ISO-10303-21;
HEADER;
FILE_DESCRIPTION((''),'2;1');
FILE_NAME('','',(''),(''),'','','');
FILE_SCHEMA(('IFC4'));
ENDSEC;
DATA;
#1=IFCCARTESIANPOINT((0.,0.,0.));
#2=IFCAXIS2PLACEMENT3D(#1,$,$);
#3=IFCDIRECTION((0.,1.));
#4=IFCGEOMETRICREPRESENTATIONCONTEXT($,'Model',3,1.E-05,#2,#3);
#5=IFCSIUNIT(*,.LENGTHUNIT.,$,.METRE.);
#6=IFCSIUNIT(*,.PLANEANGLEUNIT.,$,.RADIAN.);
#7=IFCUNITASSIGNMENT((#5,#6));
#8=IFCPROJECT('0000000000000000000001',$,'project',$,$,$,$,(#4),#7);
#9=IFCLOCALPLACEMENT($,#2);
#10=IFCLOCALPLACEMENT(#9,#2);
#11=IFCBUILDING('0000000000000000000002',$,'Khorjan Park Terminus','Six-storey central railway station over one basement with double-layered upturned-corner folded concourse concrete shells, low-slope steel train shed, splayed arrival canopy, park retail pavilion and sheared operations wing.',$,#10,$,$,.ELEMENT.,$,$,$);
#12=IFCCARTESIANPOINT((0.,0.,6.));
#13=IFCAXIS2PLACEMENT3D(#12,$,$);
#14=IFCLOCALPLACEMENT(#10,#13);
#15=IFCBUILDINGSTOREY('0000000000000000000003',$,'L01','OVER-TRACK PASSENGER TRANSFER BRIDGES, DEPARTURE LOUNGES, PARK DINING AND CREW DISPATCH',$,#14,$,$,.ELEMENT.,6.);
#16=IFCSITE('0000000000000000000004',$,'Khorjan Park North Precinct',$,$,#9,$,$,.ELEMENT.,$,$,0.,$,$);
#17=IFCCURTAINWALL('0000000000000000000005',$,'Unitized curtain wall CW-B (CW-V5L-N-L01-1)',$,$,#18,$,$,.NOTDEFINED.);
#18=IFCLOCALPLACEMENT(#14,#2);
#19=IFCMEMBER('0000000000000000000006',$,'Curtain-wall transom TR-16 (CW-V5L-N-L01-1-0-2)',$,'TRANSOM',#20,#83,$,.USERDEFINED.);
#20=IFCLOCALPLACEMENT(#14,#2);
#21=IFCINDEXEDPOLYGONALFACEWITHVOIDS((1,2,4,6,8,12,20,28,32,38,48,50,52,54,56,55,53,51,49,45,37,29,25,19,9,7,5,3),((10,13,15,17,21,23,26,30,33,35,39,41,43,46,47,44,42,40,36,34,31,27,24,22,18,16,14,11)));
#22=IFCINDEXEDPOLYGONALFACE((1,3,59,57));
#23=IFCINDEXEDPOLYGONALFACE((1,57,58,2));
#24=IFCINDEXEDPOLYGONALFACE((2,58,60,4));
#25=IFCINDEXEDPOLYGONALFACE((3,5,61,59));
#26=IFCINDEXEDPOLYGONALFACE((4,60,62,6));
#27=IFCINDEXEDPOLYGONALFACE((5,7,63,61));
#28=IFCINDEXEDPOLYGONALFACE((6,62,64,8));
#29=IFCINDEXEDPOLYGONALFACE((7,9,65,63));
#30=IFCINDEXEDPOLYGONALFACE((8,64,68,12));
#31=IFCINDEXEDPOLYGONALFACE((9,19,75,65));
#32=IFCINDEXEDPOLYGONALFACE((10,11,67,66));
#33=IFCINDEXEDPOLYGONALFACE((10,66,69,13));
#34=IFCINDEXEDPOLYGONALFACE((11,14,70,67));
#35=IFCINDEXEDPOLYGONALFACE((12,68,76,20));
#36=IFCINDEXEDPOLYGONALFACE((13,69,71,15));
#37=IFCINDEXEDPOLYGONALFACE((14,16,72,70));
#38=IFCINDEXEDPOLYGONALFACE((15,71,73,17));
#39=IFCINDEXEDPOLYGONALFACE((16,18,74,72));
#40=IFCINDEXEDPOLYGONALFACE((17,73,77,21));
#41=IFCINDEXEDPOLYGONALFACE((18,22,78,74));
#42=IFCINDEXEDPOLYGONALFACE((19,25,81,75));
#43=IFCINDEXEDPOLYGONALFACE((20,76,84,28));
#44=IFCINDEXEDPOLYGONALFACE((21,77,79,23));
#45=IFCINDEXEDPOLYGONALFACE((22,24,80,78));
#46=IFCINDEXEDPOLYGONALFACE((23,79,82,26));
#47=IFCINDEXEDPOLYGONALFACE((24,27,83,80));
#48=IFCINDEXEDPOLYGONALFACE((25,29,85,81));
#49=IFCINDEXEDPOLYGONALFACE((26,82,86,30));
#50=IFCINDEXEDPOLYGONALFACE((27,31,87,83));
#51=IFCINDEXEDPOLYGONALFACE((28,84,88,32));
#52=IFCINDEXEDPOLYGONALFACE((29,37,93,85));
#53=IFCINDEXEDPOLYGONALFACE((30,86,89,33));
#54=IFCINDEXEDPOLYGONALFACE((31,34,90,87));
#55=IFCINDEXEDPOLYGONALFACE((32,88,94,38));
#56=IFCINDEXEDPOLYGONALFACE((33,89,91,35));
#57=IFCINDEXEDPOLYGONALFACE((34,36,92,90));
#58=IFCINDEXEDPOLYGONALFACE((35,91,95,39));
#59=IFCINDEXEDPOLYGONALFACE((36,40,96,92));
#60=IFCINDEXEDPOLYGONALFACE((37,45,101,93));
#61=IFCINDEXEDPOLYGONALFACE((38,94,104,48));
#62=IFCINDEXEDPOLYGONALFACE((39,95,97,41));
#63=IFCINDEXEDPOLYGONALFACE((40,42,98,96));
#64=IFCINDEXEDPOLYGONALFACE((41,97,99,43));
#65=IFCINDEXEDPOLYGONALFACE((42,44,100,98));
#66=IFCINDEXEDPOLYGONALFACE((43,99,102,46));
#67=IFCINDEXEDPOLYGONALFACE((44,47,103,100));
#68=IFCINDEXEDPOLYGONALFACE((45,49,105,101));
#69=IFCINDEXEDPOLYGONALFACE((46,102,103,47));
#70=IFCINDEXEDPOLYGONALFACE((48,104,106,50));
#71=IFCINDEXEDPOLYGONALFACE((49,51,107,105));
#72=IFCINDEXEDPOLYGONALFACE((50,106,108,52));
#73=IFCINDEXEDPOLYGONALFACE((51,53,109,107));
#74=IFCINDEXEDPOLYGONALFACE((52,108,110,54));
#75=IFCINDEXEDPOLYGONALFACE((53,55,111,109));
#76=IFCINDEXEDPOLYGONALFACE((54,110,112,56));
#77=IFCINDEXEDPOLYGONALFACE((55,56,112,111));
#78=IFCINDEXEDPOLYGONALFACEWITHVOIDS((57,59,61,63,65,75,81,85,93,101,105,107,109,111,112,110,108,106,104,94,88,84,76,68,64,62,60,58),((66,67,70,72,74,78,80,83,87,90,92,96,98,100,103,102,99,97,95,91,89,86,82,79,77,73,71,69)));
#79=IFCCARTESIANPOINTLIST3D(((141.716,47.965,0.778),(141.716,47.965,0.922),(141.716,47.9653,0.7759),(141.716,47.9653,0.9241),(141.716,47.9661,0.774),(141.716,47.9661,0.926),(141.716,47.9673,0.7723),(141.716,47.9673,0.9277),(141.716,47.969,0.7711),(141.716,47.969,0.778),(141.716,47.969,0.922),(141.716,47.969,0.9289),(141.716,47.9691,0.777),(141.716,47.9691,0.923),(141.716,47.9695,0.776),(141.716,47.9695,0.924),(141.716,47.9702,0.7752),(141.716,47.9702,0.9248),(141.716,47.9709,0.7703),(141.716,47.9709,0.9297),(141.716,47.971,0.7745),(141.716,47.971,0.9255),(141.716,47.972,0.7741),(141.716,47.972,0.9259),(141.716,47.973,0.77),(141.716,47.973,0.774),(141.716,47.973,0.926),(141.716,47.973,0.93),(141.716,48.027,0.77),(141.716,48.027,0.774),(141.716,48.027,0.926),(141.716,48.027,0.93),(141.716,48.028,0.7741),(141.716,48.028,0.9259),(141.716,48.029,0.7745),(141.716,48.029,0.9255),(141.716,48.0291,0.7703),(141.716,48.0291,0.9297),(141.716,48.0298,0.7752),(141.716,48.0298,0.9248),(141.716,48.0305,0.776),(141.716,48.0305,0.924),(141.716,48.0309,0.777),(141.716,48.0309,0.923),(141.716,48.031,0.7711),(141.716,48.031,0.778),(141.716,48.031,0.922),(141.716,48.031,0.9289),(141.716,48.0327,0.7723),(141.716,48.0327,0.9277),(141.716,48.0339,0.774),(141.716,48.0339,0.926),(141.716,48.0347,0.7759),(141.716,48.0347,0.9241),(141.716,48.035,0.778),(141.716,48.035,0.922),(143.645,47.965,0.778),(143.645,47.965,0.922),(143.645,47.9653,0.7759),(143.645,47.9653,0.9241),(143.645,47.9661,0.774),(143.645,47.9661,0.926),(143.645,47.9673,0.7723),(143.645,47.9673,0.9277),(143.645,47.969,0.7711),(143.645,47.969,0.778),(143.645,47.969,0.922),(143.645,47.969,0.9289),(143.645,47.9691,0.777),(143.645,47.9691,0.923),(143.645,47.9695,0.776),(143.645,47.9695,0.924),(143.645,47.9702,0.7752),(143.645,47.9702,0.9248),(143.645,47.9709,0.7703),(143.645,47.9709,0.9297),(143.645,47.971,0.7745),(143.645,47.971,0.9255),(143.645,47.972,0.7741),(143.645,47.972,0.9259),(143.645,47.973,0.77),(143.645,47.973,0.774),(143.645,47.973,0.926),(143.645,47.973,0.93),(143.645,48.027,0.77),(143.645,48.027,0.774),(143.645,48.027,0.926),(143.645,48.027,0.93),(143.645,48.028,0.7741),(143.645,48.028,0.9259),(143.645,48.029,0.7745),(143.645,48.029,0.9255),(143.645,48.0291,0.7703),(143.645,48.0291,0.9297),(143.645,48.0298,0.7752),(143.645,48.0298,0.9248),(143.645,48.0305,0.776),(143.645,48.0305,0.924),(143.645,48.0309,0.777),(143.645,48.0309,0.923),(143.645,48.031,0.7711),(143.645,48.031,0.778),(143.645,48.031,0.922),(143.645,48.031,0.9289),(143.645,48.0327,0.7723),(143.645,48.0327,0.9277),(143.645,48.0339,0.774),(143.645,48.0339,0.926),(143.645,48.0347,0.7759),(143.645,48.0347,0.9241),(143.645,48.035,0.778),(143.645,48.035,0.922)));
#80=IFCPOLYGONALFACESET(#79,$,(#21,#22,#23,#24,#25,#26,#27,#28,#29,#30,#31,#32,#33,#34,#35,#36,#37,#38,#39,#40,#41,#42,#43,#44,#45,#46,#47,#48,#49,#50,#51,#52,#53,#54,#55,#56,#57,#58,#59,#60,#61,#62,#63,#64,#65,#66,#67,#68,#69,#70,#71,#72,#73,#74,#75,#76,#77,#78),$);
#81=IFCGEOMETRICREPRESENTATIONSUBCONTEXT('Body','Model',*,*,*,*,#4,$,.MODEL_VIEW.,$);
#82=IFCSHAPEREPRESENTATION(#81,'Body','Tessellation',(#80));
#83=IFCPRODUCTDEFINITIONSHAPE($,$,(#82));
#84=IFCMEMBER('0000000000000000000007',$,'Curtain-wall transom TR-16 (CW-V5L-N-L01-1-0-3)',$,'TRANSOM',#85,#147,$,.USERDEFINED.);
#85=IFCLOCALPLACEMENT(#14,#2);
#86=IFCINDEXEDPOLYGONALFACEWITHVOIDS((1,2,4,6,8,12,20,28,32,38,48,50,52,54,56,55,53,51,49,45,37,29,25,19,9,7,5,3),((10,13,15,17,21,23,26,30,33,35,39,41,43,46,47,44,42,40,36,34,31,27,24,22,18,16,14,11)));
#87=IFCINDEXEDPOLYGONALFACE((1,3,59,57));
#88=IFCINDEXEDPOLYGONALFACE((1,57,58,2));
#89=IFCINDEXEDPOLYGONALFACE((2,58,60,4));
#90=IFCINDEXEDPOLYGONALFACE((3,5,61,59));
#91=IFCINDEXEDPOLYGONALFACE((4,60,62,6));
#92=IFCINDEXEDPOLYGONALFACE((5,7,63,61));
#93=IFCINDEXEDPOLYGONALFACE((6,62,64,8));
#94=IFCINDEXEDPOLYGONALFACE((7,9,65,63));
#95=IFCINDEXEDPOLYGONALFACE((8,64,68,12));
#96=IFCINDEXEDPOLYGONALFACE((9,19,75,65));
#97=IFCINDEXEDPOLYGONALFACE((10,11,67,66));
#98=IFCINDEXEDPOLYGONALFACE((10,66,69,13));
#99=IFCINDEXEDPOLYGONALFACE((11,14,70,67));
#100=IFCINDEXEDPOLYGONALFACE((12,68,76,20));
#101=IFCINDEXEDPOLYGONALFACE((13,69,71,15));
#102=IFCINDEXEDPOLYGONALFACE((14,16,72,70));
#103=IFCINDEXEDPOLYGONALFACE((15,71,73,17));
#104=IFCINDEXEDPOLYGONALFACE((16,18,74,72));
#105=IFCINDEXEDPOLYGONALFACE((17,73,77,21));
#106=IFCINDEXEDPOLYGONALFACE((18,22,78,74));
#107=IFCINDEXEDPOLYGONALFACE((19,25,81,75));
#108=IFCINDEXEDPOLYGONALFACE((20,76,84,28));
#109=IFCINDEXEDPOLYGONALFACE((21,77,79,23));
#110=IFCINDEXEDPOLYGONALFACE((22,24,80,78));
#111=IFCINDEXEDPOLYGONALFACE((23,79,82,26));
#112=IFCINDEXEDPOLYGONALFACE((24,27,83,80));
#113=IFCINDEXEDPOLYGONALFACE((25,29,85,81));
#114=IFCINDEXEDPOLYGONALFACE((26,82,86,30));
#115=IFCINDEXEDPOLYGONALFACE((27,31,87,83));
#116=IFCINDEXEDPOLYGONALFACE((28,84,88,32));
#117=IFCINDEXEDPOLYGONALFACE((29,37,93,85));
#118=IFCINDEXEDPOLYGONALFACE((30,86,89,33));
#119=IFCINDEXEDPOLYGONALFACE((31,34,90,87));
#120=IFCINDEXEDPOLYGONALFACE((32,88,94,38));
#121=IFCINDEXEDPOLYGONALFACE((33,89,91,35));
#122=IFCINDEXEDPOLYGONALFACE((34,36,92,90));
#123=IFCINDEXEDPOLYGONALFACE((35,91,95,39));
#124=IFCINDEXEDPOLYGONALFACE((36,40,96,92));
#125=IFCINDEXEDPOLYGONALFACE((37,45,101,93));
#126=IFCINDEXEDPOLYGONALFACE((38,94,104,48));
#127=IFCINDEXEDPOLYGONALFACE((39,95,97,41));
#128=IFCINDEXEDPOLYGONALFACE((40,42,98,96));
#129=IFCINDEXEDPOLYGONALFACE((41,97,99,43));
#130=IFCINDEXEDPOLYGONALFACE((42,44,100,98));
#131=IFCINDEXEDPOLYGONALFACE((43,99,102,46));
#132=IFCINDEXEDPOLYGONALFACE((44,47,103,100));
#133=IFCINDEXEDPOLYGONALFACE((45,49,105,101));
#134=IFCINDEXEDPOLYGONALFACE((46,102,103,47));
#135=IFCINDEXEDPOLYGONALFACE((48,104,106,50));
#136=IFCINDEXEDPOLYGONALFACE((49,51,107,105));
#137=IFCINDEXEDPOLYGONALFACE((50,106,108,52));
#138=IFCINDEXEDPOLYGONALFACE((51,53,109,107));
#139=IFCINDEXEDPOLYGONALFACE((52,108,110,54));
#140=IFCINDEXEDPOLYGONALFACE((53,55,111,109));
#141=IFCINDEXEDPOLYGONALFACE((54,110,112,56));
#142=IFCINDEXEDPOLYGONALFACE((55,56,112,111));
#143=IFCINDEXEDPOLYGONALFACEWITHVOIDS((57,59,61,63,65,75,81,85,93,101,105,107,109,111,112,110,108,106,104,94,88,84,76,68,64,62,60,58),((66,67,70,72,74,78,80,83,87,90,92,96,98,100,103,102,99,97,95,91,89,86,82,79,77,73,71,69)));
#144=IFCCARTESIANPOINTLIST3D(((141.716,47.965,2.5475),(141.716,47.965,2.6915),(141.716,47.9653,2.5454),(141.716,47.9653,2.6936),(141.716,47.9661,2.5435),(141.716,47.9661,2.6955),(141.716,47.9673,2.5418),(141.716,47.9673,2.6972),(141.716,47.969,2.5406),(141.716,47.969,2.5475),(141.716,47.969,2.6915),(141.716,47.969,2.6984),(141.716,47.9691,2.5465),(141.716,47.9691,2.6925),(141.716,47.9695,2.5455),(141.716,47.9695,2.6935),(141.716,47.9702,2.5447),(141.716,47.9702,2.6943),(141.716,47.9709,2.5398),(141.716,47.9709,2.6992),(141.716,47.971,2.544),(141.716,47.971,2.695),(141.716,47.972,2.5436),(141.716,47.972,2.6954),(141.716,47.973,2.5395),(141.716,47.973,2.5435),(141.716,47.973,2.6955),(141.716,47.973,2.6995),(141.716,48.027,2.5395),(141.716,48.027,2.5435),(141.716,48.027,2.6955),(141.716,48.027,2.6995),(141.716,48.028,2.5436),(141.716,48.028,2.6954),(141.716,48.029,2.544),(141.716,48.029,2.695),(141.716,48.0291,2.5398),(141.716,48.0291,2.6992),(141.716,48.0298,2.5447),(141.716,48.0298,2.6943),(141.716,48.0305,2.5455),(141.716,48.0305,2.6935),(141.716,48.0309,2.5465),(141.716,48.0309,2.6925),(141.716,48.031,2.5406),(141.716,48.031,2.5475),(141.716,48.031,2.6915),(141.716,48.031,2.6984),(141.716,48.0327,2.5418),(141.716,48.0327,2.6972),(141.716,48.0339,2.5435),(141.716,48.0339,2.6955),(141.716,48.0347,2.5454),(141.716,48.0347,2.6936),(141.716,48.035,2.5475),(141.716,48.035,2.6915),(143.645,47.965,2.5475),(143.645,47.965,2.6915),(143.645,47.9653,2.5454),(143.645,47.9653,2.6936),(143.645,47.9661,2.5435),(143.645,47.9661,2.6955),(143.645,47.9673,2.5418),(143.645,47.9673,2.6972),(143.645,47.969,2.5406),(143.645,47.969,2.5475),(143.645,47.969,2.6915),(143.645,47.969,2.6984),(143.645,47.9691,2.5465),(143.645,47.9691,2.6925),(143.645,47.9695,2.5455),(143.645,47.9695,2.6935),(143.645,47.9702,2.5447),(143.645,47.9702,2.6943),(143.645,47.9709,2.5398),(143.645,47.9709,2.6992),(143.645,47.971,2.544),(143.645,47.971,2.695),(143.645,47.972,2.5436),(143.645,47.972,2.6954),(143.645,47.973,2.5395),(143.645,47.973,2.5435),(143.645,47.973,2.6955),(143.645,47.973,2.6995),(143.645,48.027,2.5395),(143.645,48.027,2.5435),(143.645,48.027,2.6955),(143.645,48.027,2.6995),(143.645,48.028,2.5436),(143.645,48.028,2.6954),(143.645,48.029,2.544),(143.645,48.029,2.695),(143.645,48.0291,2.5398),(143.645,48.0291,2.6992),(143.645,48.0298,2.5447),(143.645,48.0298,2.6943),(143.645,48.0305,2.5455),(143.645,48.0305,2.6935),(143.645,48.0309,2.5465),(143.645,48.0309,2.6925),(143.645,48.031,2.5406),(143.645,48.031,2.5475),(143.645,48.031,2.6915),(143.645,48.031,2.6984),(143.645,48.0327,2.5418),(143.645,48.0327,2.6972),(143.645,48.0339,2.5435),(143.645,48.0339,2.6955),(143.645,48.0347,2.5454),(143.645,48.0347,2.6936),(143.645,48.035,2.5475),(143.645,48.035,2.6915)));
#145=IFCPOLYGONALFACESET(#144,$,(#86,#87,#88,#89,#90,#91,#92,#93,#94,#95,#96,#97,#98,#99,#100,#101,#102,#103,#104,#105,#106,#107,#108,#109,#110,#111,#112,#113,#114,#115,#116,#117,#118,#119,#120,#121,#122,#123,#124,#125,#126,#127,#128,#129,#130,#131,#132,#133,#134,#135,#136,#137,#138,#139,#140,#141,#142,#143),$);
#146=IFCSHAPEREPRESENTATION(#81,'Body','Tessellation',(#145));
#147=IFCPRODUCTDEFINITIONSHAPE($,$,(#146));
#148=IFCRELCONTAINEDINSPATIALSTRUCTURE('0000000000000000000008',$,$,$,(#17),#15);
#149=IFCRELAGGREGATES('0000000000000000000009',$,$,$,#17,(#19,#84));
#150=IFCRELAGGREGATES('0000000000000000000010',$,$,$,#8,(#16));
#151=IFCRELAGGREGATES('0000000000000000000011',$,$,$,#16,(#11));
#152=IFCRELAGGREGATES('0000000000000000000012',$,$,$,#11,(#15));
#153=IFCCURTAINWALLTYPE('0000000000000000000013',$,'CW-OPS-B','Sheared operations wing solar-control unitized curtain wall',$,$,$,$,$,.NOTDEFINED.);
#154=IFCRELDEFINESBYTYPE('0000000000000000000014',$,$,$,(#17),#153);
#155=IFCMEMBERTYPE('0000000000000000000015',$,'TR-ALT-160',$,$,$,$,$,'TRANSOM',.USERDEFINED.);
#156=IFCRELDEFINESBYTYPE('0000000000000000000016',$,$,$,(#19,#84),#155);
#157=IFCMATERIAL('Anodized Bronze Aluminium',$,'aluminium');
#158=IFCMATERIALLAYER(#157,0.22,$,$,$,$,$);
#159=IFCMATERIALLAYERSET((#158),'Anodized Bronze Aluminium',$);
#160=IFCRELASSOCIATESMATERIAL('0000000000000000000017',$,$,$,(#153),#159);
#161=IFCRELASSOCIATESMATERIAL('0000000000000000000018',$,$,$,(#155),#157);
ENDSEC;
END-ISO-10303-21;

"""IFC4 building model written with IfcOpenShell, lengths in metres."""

from ifc_helpers import new_model, si_unit, direction, frame, origin, origin_2d, place, context, subcontext, project, spatial, hollow_rectangle, extrude, material, layer, layer_set, material_profile, profile_set, type_object, element, aggregate, save


model = new_model("IFC4")

# Units and contexts
model_context = context("Model", 3, precision=1e-05, world=origin(), true_north=direction((0.0, 1.0)))
body_context = subcontext(model_context, "Body", "Model", "MODEL_VIEW")
ifc_project = project(units=[si_unit("LENGTHUNIT", "METRE"), si_unit("PLANEANGLEUNIT", "RADIAN")], contexts=[model_context])

# Site, building, storey
site_placement = place(None, origin())
site = spatial("IfcSite", under=ifc_project, at=site_placement, Name="Khorjan Park North Precinct", CompositionType="ELEMENT", RefElevation=0.0)
building_placement = place(site_placement, origin())
building = spatial("IfcBuilding", under=site, at=building_placement, Name="Khorjan Park Terminus", Description="Six-storey central railway station over one basement with double-layered upturned-corner folded concourse concrete shells, low-slope steel train shed, splayed arrival canopy, park retail pavilion and sheared operations wing.", CompositionType="ELEMENT")
storey_placement = place(building_placement, frame((0.0, 0.0, 6.0)))
storey = spatial("IfcBuildingStorey", under=building, at=storey_placement, Name="L01", Description="OVER-TRACK PASSENGER TRANSFER BRIDGES, DEPARTURE LOUNGES, PARK DINING AND CREW DISPATCH", CompositionType="ELEMENT", Elevation=6.0)

# Curtain wall
ifc_material_1 = material(Name="Anodized Bronze Aluminium", Category="aluminium")
ifc_layer_1 = layer(ifc_material_1, 0.22)
ifc_layer_set_1 = layer_set([ifc_layer_1], Name="Anodized Bronze Aluminium")
curtain_wall_type = type_object("IfcCurtainWallType", Name="CW-OPS-B", Description="Sheared operations wing solar-control unitized curtain wall", PredefinedType="NOTDEFINED", material=ifc_layer_set_1)
curtain_wall_1_placement = place(storey_placement, origin())
curtain_wall_1 = element("IfcCurtainWall", 1, at=curtain_wall_1_placement, inside=storey, type_object=curtain_wall_type, Name="Unitized curtain wall CW-B (CW-V5L-N-L01-1)", PredefinedType="NOTDEFINED")

# Members
ifc_material_profile_1 = material_profile(ifc_material_1, hollow_rectangle(XDim=0.07, YDim=0.16, WallThickness=0.004, InnerFilletRadius=0.004, OuterFilletRadius=0.008, at=origin_2d()), Name="ALT 70x160x4")
ifc_profile_set_1 = profile_set([ifc_material_profile_1], Name="Anodized Bronze Aluminium")
member_type_1 = type_object("IfcMemberType", Name="TR-ALT-160", ElementType="TRANSOM", PredefinedType="USERDEFINED", material=ifc_profile_set_1)
member_1_placement = place(storey_placement, frame((143.645, 48.0, 0.85), z_axis=(-1.0, 0.0, 0.0), x_axis=(0.0, -1.0, 0.0)))
member_1 = element("IfcMember", 2, at=member_1_placement, type_object=member_type_1, Name="Curtain-wall transom TR-16 (CW-V5L-N-L01-1-0-2)", ObjectType="TRANSOM", PredefinedType="USERDEFINED", context=body_context, shape_type="SweptSolid", body=[
    extrude(hollow_rectangle(XDim=0.07, YDim=0.16, WallThickness=0.004, InnerFilletRadius=0.004, OuterFilletRadius=0.008, at=origin_2d()), origin(), (0.0, 0.0, 1.0), 1.929),
])
member_2_placement = place(storey_placement, frame((143.645, 48.0, 2.6195), z_axis=(-1.0, 0.0, 0.0), x_axis=(0.0, -1.0, 0.0)))
member_2 = element("IfcMember", 3, at=member_2_placement, type_object=member_type_1, Name="Curtain-wall transom TR-16 (CW-V5L-N-L01-1-0-3)", ObjectType="TRANSOM", PredefinedType="USERDEFINED", context=body_context, shape_type="SweptSolid", body=[
    extrude(hollow_rectangle(XDim=0.07, YDim=0.16, WallThickness=0.004, InnerFilletRadius=0.004, OuterFilletRadius=0.008, at=origin_2d()), origin(), (0.0, 0.0, 1.0), 1.929),
])

aggregate(curtain_wall_1, [member_1, member_2])

save(model, "model.ifc")
